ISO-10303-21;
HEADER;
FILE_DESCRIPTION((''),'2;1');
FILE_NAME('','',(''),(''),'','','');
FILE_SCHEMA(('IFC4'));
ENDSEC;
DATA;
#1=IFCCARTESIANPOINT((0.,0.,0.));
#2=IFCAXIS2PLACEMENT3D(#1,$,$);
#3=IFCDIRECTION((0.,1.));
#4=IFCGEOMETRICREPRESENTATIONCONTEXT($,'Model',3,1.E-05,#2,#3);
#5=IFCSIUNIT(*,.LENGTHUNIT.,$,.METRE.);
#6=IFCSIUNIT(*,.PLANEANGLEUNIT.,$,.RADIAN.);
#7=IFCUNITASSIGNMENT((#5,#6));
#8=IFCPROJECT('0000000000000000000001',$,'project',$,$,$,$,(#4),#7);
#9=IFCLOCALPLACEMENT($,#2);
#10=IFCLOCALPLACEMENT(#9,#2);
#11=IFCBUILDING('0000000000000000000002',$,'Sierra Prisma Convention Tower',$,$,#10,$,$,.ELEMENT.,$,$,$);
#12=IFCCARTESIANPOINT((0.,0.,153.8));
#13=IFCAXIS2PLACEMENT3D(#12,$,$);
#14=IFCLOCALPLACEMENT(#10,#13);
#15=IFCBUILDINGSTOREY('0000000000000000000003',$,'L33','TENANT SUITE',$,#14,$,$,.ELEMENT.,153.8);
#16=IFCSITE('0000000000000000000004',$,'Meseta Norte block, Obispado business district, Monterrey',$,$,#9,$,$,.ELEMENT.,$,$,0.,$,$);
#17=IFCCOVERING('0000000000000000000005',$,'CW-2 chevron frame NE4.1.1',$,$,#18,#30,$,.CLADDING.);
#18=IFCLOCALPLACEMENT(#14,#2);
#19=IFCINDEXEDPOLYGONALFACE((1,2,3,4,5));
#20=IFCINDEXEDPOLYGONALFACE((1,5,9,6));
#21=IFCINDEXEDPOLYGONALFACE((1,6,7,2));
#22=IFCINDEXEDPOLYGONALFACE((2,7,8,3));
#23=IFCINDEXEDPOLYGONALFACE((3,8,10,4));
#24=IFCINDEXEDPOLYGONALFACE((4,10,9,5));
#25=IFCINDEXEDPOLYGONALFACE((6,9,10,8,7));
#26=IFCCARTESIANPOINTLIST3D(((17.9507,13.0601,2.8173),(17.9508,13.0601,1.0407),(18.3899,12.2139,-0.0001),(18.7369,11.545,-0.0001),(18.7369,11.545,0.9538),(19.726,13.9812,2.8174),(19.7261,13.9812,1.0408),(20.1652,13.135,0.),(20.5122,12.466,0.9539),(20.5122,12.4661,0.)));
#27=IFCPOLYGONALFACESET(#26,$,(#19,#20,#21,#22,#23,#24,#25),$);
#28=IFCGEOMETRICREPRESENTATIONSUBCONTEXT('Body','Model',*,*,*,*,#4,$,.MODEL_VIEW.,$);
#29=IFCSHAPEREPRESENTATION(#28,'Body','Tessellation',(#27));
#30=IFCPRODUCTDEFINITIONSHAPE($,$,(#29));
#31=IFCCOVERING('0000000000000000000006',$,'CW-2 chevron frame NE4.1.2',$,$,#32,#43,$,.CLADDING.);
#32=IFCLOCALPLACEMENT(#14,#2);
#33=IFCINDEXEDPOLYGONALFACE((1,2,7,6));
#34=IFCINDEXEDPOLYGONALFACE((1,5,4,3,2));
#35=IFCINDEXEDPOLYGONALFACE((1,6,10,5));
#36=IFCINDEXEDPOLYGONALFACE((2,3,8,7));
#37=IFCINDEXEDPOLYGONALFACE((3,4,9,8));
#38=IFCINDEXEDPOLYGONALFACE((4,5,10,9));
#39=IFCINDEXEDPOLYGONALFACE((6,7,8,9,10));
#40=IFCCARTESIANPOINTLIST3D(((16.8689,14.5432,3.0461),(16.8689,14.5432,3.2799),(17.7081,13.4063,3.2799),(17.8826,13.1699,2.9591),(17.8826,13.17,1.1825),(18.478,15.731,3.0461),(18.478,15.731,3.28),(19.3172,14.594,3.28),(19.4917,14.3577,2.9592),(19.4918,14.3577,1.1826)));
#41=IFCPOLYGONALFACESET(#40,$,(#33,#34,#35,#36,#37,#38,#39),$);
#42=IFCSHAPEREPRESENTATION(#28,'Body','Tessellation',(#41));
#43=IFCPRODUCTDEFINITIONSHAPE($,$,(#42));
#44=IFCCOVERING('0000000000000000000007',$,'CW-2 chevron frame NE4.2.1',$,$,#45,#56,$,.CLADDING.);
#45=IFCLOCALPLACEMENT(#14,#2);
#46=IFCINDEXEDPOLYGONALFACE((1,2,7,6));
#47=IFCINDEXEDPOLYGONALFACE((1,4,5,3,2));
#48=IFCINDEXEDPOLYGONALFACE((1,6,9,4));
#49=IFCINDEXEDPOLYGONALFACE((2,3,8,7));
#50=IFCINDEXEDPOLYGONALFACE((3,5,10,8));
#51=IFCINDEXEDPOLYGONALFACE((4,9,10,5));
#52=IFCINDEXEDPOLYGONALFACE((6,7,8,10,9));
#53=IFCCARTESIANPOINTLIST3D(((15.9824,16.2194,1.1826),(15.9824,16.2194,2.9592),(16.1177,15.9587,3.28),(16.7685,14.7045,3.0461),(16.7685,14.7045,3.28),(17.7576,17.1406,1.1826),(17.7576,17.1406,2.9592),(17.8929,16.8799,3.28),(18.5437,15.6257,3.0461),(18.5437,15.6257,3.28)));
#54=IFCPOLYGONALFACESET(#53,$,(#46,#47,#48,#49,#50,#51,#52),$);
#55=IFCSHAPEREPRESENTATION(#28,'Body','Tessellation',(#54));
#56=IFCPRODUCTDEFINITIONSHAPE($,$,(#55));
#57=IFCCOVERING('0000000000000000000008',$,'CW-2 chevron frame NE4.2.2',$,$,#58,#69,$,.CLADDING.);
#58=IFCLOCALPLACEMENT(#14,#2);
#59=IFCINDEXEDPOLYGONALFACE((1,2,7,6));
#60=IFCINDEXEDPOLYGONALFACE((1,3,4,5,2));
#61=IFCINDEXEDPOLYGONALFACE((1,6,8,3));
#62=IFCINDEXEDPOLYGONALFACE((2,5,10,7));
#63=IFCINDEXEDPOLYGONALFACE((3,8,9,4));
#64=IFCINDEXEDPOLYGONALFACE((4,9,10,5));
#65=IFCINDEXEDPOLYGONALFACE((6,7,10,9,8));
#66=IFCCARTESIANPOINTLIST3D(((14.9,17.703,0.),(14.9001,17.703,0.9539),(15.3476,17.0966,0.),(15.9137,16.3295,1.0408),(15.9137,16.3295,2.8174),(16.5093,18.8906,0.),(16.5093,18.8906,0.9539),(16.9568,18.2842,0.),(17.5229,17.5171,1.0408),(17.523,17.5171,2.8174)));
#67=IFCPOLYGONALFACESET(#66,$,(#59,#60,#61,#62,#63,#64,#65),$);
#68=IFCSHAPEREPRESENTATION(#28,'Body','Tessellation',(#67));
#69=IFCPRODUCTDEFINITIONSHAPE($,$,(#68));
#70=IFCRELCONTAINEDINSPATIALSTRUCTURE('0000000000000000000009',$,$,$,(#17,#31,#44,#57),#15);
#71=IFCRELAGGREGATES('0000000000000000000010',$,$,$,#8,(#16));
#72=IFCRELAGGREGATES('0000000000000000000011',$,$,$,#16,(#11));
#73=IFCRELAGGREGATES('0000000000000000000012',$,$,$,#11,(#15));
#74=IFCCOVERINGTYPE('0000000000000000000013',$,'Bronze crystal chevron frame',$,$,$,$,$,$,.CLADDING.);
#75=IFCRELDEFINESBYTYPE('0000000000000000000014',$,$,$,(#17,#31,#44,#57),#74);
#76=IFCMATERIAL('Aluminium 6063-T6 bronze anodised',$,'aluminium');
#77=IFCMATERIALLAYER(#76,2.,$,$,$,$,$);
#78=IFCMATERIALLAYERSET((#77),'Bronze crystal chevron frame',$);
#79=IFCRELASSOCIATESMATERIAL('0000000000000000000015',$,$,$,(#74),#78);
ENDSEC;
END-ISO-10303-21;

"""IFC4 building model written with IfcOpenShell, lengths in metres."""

from ifc_helpers import new_model, si_unit, direction, frame, origin, place, context, subcontext, project, spatial, polyline, outline, extrude, material, layer, layer_set, type_object, element, save


model = new_model("IFC4")

# Units and contexts
model_context = context("Model", 3, precision=1e-05, world=origin(), true_north=direction((0.0, 1.0)))
body_context = subcontext(model_context, "Body", "Model", "MODEL_VIEW")
ifc_project = project(units=[si_unit("LENGTHUNIT", "METRE"), si_unit("PLANEANGLEUNIT", "RADIAN")], contexts=[model_context])

# Site, building, storey
site_placement = place(None, origin())
site = spatial("IfcSite", under=ifc_project, at=site_placement, Name="Meseta Norte block, Obispado business district, Monterrey", CompositionType="ELEMENT", RefElevation=0.0)
building_placement = place(site_placement, origin())
building = spatial("IfcBuilding", under=site, at=building_placement, Name="Sierra Prisma Convention Tower", CompositionType="ELEMENT")
storey_placement = place(building_placement, frame((0.0, 0.0, 153.8)))
storey = spatial("IfcBuildingStorey", under=building, at=storey_placement, Name="L33", Description="TENANT SUITE", CompositionType="ELEMENT", Elevation=153.8)

# Coverings
ifc_material_1 = material(Name="Aluminium 6063-T6 bronze anodised", Category="aluminium")
ifc_layer_1 = layer(ifc_material_1, 2.0)
ifc_layer_set_1 = layer_set([ifc_layer_1], Name="Bronze crystal chevron frame")
covering_type = type_object("IfcCoveringType", Name="Bronze crystal chevron frame", PredefinedType="CLADDING", material=ifc_layer_set_1)
covering_1_placement = place(storey_placement, frame((20.5122, 12.4661, 0.0), z_axis=(0.887646, 0.460527, 0.000045), x_axis=(-0.460527, 0.887646, 0.0)))
element("IfcCovering", 1, at=covering_1_placement, inside=storey, type_object=covering_type, Name="CW-2 chevron frame NE4.1.1", PredefinedType="CLADDING", context=body_context, shape_type="SweptSolid", body=[
    extrude(outline(polyline([(0.0, 0.0), (0.7536, 0.0), (1.7069, 1.0408), (1.7069, 2.8174), (0.0, 0.9539), (0.0, 0.0)])), origin(), (0.0, 0.0, -1.0), 2.0),
])
covering_2_placement = place(storey_placement, frame((19.4917, 14.3577, 2.9592), z_axis=(0.804564, 0.593866, 0.000042), x_axis=(0.000034, 0.000025, -1.0)))
element("IfcCovering", 2, at=covering_2_placement, inside=storey, type_object=covering_type, Name="CW-2 chevron frame NE4.1.2", PredefinedType="CLADDING", context=body_context, shape_type="SweptSolid", body=[
    extrude(outline(polyline([(0.0, 0.0), (1.7766, 0.0), (-0.0869, 1.7069), (-0.3208, 1.7069), (-0.3208, 0.2938), (0.0, 0.0)])), origin(), (0.0, 0.0, -1.0), 2.0),
])
covering_3_placement = place(storey_placement, frame((18.5437, 15.6257, 3.28), z_axis=(0.887601, 0.460613, 0.000021), x_axis=(0.000019, 0.00001, -1.0)))
element("IfcCovering", 3, at=covering_3_placement, inside=storey, type_object=covering_type, Name="CW-2 chevron frame NE4.2.1", PredefinedType="CLADDING", context=body_context, shape_type="SweptSolid", body=[
    extrude(outline(polyline([(0.0, 0.0), (0.2339, 0.0), (2.0974, 1.7067), (0.3208, 1.7067), (0.0, 1.413), (0.0, 0.0)])), origin(), (0.0, 0.0, -1.0), 2.0),
])
covering_4_placement = place(storey_placement, frame((16.5093, 18.8906, 0.0), z_axis=(0.804614, 0.593798, -0.000012), x_axis=(0.00001, 0.000007, 1.0)))
element("IfcCovering", 4, at=covering_4_placement, inside=storey, type_object=covering_type, Name="CW-2 chevron frame NE4.2.2", PredefinedType="CLADDING", context=body_context, shape_type="SweptSolid", body=[
    extrude(outline(polyline([(0.0, 0.0), (0.9539, 0.0), (2.8174, 1.7071), (1.0408, 1.7071), (0.0, 0.7537), (0.0, 0.0)])), origin(), (0.0, 0.0, -1.0), 2.0),
])

save(model, "model.ifc")
